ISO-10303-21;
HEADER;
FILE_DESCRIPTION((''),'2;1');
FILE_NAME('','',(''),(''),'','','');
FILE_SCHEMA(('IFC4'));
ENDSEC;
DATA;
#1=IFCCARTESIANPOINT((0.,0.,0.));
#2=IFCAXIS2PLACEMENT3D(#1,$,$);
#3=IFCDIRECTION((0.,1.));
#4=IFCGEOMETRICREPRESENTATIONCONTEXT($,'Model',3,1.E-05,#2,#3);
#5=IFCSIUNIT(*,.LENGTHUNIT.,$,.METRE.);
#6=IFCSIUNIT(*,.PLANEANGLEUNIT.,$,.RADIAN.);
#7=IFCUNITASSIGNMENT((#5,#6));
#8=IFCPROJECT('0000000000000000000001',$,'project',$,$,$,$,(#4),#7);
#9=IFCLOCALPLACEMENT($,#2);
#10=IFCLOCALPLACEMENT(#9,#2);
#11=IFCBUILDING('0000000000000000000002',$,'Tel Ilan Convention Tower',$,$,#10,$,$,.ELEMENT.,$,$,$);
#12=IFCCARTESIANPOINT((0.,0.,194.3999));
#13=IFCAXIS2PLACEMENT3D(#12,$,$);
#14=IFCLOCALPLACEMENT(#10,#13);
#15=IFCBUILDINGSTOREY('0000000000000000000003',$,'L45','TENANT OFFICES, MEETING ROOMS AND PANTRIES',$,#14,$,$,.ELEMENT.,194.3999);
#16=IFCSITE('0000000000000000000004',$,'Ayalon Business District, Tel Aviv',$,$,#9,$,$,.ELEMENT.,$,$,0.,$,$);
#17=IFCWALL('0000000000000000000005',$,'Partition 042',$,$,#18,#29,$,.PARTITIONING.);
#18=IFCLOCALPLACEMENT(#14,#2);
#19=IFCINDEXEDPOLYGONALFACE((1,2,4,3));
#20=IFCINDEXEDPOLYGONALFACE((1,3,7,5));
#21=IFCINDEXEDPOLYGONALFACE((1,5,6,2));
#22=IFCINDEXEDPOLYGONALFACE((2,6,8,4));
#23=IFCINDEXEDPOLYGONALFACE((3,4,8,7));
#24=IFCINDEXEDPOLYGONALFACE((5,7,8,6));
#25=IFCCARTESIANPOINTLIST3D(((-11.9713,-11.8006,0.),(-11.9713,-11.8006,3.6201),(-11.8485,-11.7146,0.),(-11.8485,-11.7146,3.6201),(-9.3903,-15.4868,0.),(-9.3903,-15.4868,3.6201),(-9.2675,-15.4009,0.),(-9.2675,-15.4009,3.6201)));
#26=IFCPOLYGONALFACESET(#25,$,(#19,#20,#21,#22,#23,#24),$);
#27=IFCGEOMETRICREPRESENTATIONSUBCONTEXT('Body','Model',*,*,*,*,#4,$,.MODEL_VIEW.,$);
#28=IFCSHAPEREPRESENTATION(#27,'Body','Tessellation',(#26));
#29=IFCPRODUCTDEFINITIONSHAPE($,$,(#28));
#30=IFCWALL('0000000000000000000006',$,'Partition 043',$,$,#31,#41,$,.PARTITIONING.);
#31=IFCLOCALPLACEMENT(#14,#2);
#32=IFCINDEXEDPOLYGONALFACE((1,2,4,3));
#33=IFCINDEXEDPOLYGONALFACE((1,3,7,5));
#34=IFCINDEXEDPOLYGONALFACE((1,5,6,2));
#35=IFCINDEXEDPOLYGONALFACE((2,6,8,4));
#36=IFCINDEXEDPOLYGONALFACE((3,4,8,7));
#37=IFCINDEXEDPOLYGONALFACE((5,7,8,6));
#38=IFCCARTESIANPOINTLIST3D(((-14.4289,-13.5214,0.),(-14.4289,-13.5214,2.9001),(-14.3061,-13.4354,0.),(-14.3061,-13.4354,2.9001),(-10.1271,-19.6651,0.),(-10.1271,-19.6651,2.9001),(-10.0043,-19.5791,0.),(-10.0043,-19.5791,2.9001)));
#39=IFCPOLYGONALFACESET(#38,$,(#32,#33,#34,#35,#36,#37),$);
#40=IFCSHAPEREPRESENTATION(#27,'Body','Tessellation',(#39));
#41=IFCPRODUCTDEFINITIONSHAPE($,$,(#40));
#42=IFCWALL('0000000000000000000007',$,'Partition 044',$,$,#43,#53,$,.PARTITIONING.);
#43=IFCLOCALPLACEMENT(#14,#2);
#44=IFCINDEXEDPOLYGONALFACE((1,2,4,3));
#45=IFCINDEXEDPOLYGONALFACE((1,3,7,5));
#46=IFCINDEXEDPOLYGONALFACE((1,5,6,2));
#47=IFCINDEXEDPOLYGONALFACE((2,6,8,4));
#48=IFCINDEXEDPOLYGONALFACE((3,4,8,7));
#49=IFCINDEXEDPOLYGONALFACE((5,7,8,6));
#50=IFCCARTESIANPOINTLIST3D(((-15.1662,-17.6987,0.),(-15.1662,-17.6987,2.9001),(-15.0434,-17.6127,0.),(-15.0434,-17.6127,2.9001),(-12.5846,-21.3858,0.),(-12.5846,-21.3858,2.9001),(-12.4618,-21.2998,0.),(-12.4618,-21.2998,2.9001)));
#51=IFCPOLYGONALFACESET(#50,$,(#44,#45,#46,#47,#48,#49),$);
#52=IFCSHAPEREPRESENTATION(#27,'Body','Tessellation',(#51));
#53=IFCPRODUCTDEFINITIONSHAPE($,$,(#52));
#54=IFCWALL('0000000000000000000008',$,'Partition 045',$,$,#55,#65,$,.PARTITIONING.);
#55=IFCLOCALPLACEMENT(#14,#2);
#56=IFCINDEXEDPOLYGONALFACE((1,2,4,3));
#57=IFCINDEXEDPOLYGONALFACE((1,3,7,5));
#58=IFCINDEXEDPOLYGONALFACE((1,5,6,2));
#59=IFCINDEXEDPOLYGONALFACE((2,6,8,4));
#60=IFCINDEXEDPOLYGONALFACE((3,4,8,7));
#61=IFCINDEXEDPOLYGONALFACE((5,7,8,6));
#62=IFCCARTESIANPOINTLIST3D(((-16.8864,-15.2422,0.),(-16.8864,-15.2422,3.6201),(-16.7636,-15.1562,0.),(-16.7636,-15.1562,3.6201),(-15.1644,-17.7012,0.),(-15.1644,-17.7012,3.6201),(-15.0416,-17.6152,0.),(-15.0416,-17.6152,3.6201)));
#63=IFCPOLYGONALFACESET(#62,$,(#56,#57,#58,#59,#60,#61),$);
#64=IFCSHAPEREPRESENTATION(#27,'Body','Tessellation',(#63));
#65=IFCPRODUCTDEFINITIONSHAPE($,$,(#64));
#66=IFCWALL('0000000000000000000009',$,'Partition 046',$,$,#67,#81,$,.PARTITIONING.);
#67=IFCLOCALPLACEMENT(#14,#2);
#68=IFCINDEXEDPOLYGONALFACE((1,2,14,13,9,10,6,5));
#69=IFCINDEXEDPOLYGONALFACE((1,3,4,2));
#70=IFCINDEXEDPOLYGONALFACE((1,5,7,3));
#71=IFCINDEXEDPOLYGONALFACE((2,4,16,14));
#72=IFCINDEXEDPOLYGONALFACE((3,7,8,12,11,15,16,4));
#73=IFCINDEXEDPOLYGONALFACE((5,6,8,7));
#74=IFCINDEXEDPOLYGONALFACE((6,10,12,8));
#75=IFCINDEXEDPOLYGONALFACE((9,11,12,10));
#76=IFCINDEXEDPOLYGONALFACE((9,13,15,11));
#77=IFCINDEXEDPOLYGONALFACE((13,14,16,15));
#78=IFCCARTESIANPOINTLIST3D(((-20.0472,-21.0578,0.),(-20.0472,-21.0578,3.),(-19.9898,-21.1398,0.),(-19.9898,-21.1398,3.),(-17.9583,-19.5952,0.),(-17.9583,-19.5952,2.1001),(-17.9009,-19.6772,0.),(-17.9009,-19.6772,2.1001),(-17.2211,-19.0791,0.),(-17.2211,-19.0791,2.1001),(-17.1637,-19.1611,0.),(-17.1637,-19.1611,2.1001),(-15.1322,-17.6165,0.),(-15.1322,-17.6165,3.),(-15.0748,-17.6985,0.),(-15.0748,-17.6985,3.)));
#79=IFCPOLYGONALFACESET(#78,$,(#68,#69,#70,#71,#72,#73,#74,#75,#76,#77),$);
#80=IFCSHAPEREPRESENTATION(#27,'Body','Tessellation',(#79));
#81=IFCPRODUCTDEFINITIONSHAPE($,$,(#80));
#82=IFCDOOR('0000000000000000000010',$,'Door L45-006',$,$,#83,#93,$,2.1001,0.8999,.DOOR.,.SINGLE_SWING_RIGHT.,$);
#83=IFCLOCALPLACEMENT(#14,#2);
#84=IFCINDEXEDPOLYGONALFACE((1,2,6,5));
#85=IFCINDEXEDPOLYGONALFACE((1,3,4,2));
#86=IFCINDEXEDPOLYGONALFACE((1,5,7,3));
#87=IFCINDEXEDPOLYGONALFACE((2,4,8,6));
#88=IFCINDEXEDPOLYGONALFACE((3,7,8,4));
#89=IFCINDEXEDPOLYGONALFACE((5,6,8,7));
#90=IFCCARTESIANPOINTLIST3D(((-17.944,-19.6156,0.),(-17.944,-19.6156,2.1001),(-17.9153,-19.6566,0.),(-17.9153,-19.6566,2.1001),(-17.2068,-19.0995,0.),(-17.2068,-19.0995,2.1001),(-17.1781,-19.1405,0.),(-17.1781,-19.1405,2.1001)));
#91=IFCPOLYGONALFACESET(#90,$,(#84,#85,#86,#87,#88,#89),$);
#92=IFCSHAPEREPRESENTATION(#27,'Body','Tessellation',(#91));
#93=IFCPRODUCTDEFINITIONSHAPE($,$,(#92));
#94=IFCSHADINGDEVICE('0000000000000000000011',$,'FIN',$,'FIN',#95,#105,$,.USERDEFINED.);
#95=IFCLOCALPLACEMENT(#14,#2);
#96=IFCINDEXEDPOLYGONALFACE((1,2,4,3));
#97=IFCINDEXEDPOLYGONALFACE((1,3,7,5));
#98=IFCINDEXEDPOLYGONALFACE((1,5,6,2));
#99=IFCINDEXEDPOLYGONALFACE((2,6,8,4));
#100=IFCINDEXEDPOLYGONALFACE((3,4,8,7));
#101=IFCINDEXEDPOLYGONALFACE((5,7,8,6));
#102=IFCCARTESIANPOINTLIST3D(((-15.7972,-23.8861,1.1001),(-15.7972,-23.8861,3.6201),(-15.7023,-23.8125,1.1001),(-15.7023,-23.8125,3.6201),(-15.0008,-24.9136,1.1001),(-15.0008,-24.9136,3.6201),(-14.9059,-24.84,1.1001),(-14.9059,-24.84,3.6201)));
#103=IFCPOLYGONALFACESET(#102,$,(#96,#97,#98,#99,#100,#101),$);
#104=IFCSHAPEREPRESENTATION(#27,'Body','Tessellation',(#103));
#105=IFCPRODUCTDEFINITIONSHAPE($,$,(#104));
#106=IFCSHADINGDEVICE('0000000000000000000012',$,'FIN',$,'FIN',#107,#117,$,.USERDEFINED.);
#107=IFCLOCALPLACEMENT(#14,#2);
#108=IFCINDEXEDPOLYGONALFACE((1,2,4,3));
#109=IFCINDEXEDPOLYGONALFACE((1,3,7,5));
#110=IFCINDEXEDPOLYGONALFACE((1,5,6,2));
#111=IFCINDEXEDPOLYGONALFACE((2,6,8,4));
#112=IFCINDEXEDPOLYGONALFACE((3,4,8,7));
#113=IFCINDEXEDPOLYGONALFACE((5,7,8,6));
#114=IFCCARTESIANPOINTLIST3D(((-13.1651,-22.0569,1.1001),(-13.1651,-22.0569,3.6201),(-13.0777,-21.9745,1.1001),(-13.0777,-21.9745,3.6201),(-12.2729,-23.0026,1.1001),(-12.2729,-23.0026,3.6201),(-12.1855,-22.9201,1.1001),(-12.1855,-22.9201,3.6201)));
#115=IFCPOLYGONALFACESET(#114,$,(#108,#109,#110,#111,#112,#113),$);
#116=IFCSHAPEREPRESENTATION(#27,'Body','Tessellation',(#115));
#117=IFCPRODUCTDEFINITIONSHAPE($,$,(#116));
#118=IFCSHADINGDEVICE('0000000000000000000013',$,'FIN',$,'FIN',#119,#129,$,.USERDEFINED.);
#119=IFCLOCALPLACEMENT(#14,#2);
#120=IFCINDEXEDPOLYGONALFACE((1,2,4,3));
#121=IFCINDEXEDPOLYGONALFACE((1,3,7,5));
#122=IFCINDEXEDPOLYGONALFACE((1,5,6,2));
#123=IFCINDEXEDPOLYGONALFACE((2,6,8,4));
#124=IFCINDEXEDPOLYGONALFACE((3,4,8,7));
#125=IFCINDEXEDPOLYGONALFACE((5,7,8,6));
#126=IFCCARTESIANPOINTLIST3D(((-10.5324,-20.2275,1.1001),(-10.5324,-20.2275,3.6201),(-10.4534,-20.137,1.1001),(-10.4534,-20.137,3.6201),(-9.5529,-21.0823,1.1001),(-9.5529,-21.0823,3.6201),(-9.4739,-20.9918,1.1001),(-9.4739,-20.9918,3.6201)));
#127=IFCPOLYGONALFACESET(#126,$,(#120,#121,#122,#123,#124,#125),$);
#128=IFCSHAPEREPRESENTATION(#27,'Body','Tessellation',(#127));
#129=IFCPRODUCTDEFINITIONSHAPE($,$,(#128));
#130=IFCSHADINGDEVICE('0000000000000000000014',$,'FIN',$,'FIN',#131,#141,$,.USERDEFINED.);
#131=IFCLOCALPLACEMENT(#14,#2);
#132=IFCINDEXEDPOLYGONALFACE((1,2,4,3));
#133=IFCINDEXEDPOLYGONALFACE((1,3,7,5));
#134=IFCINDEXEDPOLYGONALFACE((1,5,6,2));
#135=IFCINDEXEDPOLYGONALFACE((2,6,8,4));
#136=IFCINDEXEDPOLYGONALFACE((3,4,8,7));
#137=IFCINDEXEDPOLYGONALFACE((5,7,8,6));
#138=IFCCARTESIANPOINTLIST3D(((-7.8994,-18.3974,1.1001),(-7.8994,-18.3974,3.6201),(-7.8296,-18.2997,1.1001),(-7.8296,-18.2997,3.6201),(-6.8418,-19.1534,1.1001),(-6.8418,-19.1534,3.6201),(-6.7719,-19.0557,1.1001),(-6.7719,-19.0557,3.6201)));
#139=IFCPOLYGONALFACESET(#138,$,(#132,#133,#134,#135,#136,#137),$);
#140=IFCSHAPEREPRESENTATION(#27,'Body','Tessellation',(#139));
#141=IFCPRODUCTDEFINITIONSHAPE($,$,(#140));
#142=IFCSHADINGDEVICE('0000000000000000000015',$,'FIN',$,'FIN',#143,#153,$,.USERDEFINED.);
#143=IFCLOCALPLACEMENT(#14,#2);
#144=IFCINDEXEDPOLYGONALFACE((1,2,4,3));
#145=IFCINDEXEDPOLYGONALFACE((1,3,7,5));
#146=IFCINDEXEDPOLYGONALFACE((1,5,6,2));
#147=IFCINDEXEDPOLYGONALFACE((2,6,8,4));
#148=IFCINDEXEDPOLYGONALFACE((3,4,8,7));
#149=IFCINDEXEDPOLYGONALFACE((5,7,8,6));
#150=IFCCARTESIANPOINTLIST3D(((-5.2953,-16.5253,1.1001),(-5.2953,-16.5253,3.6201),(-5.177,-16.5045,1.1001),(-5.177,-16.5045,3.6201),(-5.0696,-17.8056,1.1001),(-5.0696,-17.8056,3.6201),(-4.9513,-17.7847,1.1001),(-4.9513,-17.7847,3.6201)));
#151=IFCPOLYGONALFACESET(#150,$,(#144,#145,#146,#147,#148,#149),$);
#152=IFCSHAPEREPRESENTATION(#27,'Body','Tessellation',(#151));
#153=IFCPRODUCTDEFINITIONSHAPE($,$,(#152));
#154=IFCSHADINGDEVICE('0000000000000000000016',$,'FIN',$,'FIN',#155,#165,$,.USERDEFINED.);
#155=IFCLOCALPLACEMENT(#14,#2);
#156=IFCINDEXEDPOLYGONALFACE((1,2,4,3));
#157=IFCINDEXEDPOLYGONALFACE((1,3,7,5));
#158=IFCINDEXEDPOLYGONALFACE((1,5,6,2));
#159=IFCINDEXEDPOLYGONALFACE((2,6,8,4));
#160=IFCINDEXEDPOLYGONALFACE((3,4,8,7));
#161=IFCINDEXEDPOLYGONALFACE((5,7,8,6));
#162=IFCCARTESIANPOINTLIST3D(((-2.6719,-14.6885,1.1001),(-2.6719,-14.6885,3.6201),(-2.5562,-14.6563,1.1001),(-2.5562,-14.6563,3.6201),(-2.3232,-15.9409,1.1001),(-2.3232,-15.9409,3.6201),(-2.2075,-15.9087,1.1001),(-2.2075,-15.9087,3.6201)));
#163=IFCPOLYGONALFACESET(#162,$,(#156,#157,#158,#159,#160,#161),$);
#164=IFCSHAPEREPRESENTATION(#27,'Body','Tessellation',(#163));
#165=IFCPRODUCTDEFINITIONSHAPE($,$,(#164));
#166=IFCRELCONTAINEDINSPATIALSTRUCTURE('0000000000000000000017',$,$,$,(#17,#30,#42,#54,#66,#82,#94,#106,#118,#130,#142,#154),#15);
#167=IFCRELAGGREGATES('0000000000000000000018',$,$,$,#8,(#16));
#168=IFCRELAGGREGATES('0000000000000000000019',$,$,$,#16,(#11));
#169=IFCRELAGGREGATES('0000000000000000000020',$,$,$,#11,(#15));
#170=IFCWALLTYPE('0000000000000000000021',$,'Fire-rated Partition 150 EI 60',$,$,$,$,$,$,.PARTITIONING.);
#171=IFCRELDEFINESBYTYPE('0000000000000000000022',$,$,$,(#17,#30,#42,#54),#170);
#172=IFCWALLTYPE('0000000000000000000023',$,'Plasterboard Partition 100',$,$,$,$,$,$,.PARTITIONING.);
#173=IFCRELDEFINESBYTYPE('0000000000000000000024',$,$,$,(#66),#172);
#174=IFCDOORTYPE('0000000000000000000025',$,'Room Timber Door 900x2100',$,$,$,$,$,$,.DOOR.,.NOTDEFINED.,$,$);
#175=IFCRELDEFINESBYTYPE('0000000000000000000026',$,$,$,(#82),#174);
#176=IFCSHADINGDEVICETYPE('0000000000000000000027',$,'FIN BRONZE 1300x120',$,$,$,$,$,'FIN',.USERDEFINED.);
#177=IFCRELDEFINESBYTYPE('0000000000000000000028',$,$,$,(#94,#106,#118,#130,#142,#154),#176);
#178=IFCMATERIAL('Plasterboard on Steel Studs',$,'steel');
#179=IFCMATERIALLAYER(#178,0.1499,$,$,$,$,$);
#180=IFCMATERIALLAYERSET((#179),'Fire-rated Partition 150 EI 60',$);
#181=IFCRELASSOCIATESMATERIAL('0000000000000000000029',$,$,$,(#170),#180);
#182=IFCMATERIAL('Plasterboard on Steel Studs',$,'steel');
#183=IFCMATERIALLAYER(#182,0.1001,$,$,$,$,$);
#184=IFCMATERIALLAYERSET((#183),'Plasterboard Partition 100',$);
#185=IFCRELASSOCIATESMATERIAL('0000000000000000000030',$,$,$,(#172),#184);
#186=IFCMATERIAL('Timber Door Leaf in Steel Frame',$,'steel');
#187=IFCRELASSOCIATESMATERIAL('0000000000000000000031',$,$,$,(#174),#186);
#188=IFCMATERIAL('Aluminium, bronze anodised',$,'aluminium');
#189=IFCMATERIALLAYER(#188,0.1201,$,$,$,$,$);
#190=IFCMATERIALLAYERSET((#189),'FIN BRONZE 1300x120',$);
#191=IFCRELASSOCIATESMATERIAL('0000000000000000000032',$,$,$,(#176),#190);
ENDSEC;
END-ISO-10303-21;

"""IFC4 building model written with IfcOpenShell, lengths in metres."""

from ifc_helpers import new_model, si_unit, direction, frame, frame_2d, origin, origin_2d, place, context, subcontext, project, spatial, rectangle, extrude, material, layer, layer_set, type_object, element, fill, save


model = new_model("IFC4")

# Units and contexts
model_context = context("Model", 3, precision=1e-05, world=origin(), true_north=direction((0.0, 1.0)))
body_context = subcontext(model_context, "Body", "Model", "MODEL_VIEW")
ifc_project = project(units=[si_unit("LENGTHUNIT", "METRE"), si_unit("PLANEANGLEUNIT", "RADIAN")], contexts=[model_context])

# Site, building, storey
site_placement = place(None, origin())
site = spatial("IfcSite", under=ifc_project, at=site_placement, Name="Ayalon Business District, Tel Aviv", CompositionType="ELEMENT", RefElevation=0.0)
building_placement = place(site_placement, origin())
building = spatial("IfcBuilding", under=site, at=building_placement, Name="Tel Ilan Convention Tower", CompositionType="ELEMENT")
storey_placement = place(building_placement, frame((0.0, 0.0, 194.3999)))
storey = spatial("IfcBuildingStorey", under=building, at=storey_placement, Name="L45", Description="TENANT OFFICES, MEETING ROOMS AND PANTRIES", CompositionType="ELEMENT", Elevation=194.3999)

# Walls
ifc_material_1 = material(Name="Plasterboard on Steel Studs", Category="steel")
ifc_layer_1 = layer(ifc_material_1, 0.1499)
ifc_layer_set_1 = layer_set([ifc_layer_1], Name="Fire-rated Partition 150 EI 60")
wall_type_1 = type_object("IfcWallType", Name="Fire-rated Partition 150 EI 60", PredefinedType="PARTITIONING", material=ifc_layer_set_1)
wall_1_placement = place(storey_placement, frame((-9.3289, -15.4438, 0.0), z_axis=(0.0, 0.0, 1.0), x_axis=(-0.573561, 0.819163, 0.0)))
element("IfcWall", 1, at=wall_1_placement, inside=storey, type_object=wall_type_1, Name="Partition 042", PredefinedType="PARTITIONING", context=body_context, shape_type="SweptSolid", body=[
    extrude(rectangle(XDim=4.5, YDim=0.1499, at=frame_2d((2.25, 0.0))), origin(), (0.0, 0.0, 1.0), 3.6201),
])
wall_2_placement = place(storey_placement, frame((-10.0657, -19.6221, 0.0), z_axis=(0.0, 0.0, 1.0), x_axis=(-0.573576, 0.819152, 0.0)))
element("IfcWall", 2, at=wall_2_placement, inside=storey, type_object=wall_type_1, Name="Partition 043", PredefinedType="PARTITIONING", context=body_context, shape_type="SweptSolid", body=[
    extrude(rectangle(XDim=7.5, YDim=0.1499, at=frame_2d((3.75, 0.0))), origin(), (0.0, 0.0, 1.0), 2.9001),
])
wall_3_placement = place(storey_placement, frame((-12.5232, -21.3428, 0.0), z_axis=(0.0, 0.0, 1.0), x_axis=(-0.573557, 0.819166, 0.0)))
element("IfcWall", 3, at=wall_3_placement, inside=storey, type_object=wall_type_1, Name="Partition 044", PredefinedType="PARTITIONING", context=body_context, shape_type="SweptSolid", body=[
    extrude(rectangle(XDim=4.501, YDim=0.1499, at=frame_2d((2.2505, 0.0))), origin(), (0.0, 0.0, 1.0), 2.9001),
])
wall_4_placement = place(storey_placement, frame((-15.103, -17.6582, 0.0), z_axis=(0.0, 0.0, 1.0), x_axis=(-0.573604, 0.819133, 0.0)))
element("IfcWall", 4, at=wall_4_placement, inside=storey, type_object=wall_type_1, Name="Partition 045", PredefinedType="PARTITIONING", context=body_context, shape_type="SweptSolid", body=[
    extrude(rectangle(XDim=3.002, YDim=0.1499, at=frame_2d((1.501, 0.0))), origin(), (0.0, 0.0, 1.0), 3.6201),
])

# Wall, opening, door
ifc_material_2 = material(Name="Plasterboard on Steel Studs", Category="steel")
ifc_layer_2 = layer(ifc_material_2, 0.1001)
ifc_layer_set_2 = layer_set([ifc_layer_2], Name="Plasterboard Partition 100")
wall_type_2 = type_object("IfcWallType", Name="Plasterboard Partition 100", PredefinedType="PARTITIONING", material=ifc_layer_set_2)
wall_5_placement = place(storey_placement, frame((-15.1035, -17.6575, 0.0), z_axis=(0.0, 0.0, 1.0), x_axis=(-0.819163, -0.573561, 0.0)))
wall_5 = element("IfcWall", 5, at=wall_5_placement, inside=storey, type_object=wall_type_2, Name="Partition 046", PredefinedType="PARTITIONING", context=body_context, shape_type="SweptSolid", body=[
    extrude(rectangle(XDim=6.0, YDim=0.1001, at=frame_2d((3.0, 0.0))), origin(), (0.0, 0.0, 1.0), 3.0),
])
opening_placement = place(wall_5_placement, frame((2.55, 0.0, 0.0)))
opening = element("IfcOpeningElement", 6, at=opening_placement, cuts=wall_5, PredefinedType="OPENING", context=body_context, shape_type="SweptSolid", body=[
    extrude(rectangle(XDim=0.8999, YDim=2.1001, at=frame_2d((0.45, 1.05))), frame((0.0, 0.0601, 0.0), z_axis=(0.0, -1.0, 0.0), x_axis=(1.0, 0.0, 0.0)), (0.0, 0.0, 1.0), 0.1201),
])
ifc_material_3 = material(Name="Timber Door Leaf in Steel Frame", Category="steel")
door_type = type_object("IfcDoorType", Name="Room Timber Door 900x2100", OperationType="NOTDEFINED", PredefinedType="DOOR", material=ifc_material_3)
door_placement = place(opening_placement, origin())
door = element("IfcDoor", 7, at=door_placement, inside=storey, type_object=door_type, Name="Door L45-006", OperationType="SINGLE_SWING_RIGHT", OverallHeight=2.1001, OverallWidth=0.8999, PredefinedType="DOOR", context=body_context, shape_type="SweptSolid", body=[
    extrude(rectangle(XDim=0.8999, YDim=2.1001, at=frame_2d((0.45, 1.05))), frame((0.0, 0.0249, 0.0), z_axis=(0.0, -1.0, 0.0), x_axis=(1.0, 0.0, 0.0)), (0.0, 0.0, 1.0), 0.05),
])
fill(opening, door)

# Shading devices
ifc_material_4 = material(Name="Aluminium, bronze anodised", Category="aluminium")
ifc_layer_3 = layer(ifc_material_4, 0.1201)
ifc_layer_set_3 = layer_set([ifc_layer_3], Name="FIN BRONZE 1300x120")
shading_device_type = type_object("IfcShadingDeviceType", Name="FIN BRONZE 1300x120", ElementType="FIN", PredefinedType="USERDEFINED", material=ifc_layer_set_3)
for number, where, z_axis, x_axis, name in (
    (8, (-15.3516, -24.363, 1.1001), (0.0, 0.0, 1.0), (0.612601, -0.790393, 0.0), "FIN"),
    (9, (-12.6753, -22.4885, 1.1001), (0.0, 0.0, 1.0), (0.686242, -0.727374, 0.0), "FIN"),
    (10, (-10.0032, -20.6096, 1.1001), (0.0, 0.0, 1.0), (0.753436, -0.657521, 0.0), "FIN"),
    (11, (-7.3357, -18.7266, 1.1001), (0.0, 0.0, 1.0), (0.813552, -0.581492, 0.0), "FIN"),
    (12, (-5.1233, -17.155, 1.1001), (0.0, 0.0, 1.0), (0.173648, -0.984808, 0.0), "FIN"),
    (13, (-2.4397, -15.2986, 1.1001), (0.0, 0.0, 1.0), (0.268173, -0.963371, 0.0), "FIN"),
):
    element("IfcShadingDevice", number, at=place(storey_placement, frame(where, z_axis=z_axis, x_axis=x_axis)), inside=storey, type_object=shading_device_type, Name=name, ObjectType="FIN", PredefinedType="USERDEFINED", context=body_context, shape_type="SweptSolid", body=[
        extrude(rectangle(XDim=1.3, YDim=0.1201, at=origin_2d()), origin(), (0.0, 0.0, 1.0), 2.52),
    ])

save(model, "model.ifc")
